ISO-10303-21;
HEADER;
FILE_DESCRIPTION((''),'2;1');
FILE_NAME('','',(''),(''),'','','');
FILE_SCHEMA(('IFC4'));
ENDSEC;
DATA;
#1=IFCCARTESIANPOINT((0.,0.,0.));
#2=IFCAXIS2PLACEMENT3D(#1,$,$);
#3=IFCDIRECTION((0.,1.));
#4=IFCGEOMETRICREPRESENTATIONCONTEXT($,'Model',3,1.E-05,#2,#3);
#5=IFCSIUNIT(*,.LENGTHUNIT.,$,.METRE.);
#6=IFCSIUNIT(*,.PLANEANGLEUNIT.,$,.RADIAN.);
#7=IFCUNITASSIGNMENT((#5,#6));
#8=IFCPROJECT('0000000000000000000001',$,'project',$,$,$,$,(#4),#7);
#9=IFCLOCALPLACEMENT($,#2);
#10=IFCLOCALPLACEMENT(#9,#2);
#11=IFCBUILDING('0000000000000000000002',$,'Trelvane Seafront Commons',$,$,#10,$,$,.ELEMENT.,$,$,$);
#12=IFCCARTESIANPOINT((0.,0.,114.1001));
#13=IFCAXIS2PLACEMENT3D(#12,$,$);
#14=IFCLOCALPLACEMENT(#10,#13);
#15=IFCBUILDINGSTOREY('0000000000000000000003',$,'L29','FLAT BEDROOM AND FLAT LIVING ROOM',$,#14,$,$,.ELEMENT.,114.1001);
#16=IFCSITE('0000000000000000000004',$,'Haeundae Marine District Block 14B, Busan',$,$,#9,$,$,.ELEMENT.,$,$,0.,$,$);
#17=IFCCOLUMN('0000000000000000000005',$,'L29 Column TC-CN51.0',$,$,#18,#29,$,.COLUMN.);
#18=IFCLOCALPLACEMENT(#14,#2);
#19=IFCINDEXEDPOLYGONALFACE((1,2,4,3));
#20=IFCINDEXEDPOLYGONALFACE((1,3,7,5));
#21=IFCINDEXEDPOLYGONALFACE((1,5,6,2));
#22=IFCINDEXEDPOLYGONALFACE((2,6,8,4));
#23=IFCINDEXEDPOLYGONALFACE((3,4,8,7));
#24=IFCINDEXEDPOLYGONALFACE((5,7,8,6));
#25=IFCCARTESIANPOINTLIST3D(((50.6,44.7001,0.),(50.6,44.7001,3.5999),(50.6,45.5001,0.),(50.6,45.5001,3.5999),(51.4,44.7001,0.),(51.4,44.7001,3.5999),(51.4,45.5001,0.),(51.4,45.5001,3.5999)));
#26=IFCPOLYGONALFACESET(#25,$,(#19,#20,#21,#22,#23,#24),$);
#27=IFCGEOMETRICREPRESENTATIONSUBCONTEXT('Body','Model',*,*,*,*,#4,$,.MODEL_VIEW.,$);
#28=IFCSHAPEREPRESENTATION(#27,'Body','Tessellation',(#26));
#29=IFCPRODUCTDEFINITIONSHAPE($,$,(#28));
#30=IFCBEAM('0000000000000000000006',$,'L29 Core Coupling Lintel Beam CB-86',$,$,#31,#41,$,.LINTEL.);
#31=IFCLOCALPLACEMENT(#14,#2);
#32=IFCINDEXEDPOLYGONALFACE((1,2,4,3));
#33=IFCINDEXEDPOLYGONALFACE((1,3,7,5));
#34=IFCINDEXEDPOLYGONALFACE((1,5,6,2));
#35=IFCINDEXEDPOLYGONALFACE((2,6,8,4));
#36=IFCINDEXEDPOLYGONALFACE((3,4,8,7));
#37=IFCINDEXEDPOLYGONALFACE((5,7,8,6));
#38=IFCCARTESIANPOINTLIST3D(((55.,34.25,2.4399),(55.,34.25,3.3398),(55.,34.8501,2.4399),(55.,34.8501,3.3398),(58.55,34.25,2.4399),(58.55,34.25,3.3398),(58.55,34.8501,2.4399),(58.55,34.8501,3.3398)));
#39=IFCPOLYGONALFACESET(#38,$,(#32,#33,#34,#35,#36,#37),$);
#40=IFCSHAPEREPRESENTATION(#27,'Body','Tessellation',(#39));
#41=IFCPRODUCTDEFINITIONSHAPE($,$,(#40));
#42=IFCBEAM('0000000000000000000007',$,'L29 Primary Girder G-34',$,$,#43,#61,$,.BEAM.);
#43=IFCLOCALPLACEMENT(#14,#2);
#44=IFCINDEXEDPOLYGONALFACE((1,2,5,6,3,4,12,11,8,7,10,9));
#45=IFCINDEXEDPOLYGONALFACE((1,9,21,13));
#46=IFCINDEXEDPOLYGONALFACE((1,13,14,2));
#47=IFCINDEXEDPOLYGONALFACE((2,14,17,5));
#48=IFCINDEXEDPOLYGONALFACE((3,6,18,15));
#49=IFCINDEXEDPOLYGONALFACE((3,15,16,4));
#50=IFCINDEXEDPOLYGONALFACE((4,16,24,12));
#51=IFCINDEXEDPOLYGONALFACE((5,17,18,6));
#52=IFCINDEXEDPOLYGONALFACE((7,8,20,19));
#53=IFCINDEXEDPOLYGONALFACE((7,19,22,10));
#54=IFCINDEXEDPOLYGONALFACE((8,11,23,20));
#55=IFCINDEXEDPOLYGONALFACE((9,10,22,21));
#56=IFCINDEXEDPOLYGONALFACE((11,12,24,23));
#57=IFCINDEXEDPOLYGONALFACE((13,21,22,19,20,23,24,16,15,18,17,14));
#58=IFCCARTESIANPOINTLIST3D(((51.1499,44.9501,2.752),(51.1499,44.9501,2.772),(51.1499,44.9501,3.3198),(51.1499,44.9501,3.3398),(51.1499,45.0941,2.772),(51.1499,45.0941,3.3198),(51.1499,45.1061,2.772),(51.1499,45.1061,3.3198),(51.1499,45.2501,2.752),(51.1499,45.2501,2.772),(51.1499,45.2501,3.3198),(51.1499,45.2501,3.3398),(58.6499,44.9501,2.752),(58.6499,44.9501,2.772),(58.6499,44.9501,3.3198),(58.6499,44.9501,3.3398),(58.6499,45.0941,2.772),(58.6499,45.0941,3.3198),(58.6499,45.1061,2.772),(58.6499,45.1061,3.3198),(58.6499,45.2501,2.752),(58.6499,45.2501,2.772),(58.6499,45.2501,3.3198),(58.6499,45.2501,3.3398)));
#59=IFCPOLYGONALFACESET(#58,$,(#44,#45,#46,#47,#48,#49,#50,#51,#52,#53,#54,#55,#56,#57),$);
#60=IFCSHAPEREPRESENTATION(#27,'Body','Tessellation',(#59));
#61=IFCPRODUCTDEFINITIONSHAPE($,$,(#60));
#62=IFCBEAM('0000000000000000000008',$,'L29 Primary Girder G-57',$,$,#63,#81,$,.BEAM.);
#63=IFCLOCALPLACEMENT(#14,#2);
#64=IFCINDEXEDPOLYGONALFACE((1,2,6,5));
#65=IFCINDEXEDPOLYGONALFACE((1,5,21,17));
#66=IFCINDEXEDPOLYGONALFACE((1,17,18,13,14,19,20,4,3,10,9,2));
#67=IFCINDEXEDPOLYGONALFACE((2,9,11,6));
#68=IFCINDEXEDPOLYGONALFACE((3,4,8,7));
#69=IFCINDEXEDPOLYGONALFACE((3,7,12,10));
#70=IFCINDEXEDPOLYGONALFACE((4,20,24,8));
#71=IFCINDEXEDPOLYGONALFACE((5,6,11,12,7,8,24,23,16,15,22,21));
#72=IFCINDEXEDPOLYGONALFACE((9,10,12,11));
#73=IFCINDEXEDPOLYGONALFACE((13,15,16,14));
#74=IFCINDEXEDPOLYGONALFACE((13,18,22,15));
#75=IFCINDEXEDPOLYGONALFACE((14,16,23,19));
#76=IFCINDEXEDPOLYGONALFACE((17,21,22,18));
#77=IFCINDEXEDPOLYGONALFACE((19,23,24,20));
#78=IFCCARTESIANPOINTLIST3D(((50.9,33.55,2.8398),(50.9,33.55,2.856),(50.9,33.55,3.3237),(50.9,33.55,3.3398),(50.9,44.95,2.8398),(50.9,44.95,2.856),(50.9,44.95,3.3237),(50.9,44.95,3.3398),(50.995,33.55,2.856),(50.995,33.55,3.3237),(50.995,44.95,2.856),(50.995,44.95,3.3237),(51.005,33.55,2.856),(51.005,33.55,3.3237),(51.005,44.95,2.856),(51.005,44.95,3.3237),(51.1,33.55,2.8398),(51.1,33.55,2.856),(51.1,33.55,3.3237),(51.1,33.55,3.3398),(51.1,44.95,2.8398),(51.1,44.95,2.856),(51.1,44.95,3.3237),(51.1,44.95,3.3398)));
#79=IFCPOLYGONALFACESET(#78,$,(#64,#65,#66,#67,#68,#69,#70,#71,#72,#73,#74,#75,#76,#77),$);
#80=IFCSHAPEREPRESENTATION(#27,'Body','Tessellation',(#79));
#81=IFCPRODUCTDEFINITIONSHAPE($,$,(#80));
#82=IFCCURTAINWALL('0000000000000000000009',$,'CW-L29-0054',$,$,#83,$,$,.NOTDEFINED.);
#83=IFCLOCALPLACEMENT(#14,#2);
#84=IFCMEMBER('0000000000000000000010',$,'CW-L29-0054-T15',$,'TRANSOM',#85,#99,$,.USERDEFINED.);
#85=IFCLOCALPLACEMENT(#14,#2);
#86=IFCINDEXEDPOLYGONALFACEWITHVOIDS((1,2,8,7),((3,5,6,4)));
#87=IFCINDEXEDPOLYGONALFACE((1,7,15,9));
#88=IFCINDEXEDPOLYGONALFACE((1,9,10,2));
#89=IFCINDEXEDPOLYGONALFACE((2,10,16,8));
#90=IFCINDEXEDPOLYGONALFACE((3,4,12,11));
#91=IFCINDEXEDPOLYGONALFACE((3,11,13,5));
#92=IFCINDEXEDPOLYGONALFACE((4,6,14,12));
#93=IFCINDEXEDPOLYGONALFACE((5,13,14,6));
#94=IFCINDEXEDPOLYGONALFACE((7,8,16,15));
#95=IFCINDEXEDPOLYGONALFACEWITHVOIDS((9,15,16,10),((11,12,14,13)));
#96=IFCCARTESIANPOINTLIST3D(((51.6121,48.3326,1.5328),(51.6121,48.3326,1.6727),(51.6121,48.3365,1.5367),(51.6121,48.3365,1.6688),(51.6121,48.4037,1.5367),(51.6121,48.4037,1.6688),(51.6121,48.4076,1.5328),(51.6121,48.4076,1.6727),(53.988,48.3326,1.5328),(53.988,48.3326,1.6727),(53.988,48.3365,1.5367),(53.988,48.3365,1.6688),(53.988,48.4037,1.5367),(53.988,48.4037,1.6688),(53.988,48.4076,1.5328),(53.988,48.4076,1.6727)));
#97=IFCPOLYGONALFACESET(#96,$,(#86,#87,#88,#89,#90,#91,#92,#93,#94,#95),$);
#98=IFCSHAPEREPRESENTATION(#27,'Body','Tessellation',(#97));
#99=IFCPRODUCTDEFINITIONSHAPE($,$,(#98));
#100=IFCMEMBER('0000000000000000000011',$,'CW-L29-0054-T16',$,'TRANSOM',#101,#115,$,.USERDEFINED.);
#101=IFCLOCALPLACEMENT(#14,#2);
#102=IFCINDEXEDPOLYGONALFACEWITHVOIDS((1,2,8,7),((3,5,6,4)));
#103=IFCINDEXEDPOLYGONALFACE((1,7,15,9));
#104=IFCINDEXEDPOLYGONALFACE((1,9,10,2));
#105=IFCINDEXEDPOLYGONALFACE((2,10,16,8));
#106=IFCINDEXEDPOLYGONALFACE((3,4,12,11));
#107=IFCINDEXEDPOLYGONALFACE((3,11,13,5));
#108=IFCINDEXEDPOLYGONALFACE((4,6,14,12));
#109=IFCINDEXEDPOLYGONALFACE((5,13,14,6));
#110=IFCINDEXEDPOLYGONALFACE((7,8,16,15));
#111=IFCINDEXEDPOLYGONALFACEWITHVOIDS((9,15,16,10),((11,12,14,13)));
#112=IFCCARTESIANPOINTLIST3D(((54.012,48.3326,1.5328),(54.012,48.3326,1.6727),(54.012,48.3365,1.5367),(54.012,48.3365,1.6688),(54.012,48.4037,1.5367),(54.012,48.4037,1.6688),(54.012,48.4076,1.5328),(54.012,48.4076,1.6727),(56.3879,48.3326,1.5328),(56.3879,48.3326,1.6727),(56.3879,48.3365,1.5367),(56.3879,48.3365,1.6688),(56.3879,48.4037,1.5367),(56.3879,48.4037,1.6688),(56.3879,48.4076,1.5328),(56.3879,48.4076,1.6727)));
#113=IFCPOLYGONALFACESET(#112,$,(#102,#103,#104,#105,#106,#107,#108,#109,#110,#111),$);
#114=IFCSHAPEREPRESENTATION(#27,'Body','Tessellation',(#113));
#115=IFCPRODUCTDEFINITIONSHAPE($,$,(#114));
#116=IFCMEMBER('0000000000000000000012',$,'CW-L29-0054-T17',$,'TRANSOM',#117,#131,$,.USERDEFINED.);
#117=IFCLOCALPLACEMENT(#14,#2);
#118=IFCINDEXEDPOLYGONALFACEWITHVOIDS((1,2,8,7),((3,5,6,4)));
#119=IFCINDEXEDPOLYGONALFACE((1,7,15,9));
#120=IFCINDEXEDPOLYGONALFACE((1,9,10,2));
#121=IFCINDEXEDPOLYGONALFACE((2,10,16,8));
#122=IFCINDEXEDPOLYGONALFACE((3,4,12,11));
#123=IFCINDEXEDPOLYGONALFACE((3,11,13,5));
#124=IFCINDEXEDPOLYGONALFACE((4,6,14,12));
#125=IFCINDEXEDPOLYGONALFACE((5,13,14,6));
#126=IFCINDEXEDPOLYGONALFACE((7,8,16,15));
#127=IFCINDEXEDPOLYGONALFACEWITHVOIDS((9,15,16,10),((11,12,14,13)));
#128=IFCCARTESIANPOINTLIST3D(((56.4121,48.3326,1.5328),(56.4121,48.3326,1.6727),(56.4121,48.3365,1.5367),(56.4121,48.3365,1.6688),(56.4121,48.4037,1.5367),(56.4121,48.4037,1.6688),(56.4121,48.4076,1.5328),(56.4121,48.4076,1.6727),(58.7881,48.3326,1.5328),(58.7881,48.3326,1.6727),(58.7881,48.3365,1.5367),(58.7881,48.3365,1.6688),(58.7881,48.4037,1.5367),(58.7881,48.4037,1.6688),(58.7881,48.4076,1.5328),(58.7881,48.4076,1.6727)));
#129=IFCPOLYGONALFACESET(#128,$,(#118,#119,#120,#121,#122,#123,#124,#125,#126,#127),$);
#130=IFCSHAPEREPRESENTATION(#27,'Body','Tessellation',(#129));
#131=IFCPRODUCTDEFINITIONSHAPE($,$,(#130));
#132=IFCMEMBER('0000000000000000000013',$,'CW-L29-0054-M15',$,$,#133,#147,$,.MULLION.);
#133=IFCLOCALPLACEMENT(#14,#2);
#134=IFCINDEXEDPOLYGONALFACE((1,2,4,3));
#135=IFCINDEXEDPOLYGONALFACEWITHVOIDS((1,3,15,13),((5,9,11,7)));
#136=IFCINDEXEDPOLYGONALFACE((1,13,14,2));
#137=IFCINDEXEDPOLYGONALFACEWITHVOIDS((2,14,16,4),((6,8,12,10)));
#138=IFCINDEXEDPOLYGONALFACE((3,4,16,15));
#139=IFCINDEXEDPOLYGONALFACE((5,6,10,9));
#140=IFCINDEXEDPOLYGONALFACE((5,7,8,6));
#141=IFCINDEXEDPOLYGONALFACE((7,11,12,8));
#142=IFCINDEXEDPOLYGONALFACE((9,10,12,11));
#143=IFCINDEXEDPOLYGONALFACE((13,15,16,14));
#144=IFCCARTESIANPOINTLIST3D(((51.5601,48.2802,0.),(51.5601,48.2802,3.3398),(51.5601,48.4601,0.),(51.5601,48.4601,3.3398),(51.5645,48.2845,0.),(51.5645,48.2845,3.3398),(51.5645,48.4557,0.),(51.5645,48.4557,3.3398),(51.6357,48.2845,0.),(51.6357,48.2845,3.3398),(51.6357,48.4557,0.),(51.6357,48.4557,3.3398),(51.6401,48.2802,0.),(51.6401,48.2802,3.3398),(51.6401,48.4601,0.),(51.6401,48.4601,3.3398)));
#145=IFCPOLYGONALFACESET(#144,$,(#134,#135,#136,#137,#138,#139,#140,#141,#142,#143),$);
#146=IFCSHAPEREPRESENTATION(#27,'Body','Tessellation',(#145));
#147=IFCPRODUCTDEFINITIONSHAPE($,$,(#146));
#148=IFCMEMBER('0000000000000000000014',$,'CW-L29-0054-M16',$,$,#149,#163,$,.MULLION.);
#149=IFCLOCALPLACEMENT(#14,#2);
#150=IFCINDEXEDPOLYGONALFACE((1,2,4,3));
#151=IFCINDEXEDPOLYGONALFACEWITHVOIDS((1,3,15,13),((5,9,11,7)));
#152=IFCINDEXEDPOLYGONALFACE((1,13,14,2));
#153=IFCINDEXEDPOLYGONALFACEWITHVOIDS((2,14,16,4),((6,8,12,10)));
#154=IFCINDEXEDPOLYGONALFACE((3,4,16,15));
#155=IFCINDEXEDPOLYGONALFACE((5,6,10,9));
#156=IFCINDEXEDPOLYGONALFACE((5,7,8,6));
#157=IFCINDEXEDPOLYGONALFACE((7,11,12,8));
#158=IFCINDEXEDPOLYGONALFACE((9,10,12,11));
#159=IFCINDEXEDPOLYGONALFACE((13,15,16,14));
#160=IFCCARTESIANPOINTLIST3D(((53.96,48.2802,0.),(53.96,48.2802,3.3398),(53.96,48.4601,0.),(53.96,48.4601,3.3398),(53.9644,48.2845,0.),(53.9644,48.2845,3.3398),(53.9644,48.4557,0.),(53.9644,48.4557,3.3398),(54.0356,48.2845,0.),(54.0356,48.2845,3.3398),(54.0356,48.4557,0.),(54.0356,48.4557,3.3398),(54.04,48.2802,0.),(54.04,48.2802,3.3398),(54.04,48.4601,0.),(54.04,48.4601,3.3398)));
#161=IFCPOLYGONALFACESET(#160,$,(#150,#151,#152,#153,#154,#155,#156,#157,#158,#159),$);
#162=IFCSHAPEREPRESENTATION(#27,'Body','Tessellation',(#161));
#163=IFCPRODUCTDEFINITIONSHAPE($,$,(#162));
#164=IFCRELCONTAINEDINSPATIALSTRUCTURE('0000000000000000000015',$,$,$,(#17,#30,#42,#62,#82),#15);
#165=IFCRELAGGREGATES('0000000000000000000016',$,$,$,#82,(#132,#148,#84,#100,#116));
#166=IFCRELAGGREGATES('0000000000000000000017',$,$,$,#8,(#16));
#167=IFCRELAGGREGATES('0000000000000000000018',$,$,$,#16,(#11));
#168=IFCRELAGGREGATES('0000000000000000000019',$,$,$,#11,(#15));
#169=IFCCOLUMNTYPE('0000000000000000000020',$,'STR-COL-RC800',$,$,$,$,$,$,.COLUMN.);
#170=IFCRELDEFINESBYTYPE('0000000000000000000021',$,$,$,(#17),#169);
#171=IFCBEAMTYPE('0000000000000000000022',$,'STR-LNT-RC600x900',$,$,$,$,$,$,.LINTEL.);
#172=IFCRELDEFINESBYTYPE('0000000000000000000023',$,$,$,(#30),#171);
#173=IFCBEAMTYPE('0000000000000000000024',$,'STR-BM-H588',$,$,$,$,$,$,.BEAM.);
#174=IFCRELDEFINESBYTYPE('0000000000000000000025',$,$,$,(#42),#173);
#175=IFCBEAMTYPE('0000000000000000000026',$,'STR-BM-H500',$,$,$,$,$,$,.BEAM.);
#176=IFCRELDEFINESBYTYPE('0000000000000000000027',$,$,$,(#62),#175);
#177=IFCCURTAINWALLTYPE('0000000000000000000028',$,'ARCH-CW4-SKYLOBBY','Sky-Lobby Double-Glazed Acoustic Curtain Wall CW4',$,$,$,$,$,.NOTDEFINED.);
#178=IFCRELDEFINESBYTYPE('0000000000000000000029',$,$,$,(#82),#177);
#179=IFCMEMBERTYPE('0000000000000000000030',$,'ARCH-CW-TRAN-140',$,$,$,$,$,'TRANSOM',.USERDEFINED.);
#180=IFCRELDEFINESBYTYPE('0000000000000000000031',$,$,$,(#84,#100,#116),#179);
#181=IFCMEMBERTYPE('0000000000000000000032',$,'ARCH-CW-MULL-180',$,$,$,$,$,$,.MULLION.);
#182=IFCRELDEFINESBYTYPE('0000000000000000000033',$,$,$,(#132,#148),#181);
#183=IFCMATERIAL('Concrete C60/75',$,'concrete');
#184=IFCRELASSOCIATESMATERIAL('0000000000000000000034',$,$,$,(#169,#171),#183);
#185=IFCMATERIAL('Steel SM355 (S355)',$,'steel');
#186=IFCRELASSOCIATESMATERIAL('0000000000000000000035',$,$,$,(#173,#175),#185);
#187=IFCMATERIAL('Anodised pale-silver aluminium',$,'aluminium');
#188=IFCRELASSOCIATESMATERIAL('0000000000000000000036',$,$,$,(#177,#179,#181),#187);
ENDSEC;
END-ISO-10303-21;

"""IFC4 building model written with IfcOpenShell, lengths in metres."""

from ifc_helpers import new_model, si_unit, direction, frame, origin, origin_2d, place, context, subcontext, project, spatial, rectangle, hollow_rectangle, i_section, extrude, source, transform, mapped, material, material_profile, profile_set, type_object, element, aggregate, save


model = new_model("IFC4")

# Units and contexts
model_context = context("Model", 3, precision=1e-05, world=origin(), true_north=direction((0.0, 1.0)))
body_context = subcontext(model_context, "Body", "Model", "MODEL_VIEW")
ifc_project = project(units=[si_unit("LENGTHUNIT", "METRE"), si_unit("PLANEANGLEUNIT", "RADIAN")], contexts=[model_context])

# Site, building, storey
site_placement = place(None, origin())
site = spatial("IfcSite", under=ifc_project, at=site_placement, Name="Haeundae Marine District Block 14B, Busan", CompositionType="ELEMENT", RefElevation=0.0)
building_placement = place(site_placement, origin())
building = spatial("IfcBuilding", under=site, at=building_placement, Name="Trelvane Seafront Commons", CompositionType="ELEMENT")
storey_placement = place(building_placement, frame((0.0, 0.0, 114.1001)))
storey = spatial("IfcBuildingStorey", under=building, at=storey_placement, Name="L29", Description="FLAT BEDROOM AND FLAT LIVING ROOM", CompositionType="ELEMENT", Elevation=114.1001)

# Column
ifc_material_1 = material(Name="Concrete C60/75", Category="concrete")
ifc_material_profile_1 = material_profile(ifc_material_1, rectangle(XDim=0.8, YDim=0.8, at=origin_2d()), Name="RC-800x800")
ifc_profile_set_1 = profile_set([ifc_material_profile_1], Name="Concrete C60/75")
column_type = type_object("IfcColumnType", Name="STR-COL-RC800", PredefinedType="COLUMN", material=ifc_profile_set_1)
shared_shape_1 = source(origin(), body_context, "Body", "SweptSolid", [
    extrude(rectangle(XDim=0.8, YDim=0.8, at=origin_2d()), origin(), (0.0, 0.0, 1.0), 3.5999),
])
column_placement = place(storey_placement, frame((51.0, 45.1001, 0.0), z_axis=(0.0, 0.0, 1.0), x_axis=(1.0, 0.0, 0.0)))
element("IfcColumn", 1, at=column_placement, inside=storey, type_object=column_type, Name="L29 Column TC-CN51.0", PredefinedType="COLUMN", context=body_context, shape_type="MappedRepresentation", body=[
    mapped(shared_shape_1, transform((0.0, 0.0, 0.0), x_axis=(1.0, 0.0, 0.0), y_axis=(0.0, 1.0, 0.0), z_axis=(0.0, 0.0, 1.0), scale=1.0)),
])

# Beams
ifc_material_profile_2 = material_profile(ifc_material_1, rectangle(XDim=0.6001, YDim=0.8999, at=origin_2d()), Name="RC-600x900")
ifc_profile_set_2 = profile_set([ifc_material_profile_2], Name="Concrete C60/75")
beam_type_1 = type_object("IfcBeamType", Name="STR-LNT-RC600x900", PredefinedType="LINTEL", material=ifc_profile_set_2)
shared_shape_2 = source(origin(), body_context, "Body", "SweptSolid", [
    extrude(rectangle(XDim=0.6001, YDim=0.8999, at=origin_2d()), origin(), (0.0, 0.0, 1.0), 3.55),
])
beam_1_placement = place(storey_placement, frame((55.0, 34.55, 2.8899), z_axis=(1.0, 0.0, 0.0), x_axis=(0.0, 1.0, 0.0)))
element("IfcBeam", 2, at=beam_1_placement, inside=storey, type_object=beam_type_1, Name="L29 Core Coupling Lintel Beam CB-86", PredefinedType="LINTEL", context=body_context, shape_type="MappedRepresentation", body=[
    mapped(shared_shape_2, transform((0.0, 0.0, 0.0), x_axis=(1.0, 0.0, 0.0), y_axis=(0.0, 1.0, 0.0), z_axis=(0.0, 0.0, 1.0), scale=1.0)),
])
ifc_material_2 = material(Name="Steel SM355 (S355)", Category="steel")
ifc_material_profile_3 = material_profile(ifc_material_2, i_section(OverallWidth=0.3, OverallDepth=0.5879, WebThickness=0.012, FlangeThickness=0.02, at=origin_2d()), Name="H-588x300x12x20")
ifc_profile_set_3 = profile_set([ifc_material_profile_3], Name="Steel SM355 (S355)")
beam_type_2 = type_object("IfcBeamType", Name="STR-BM-H588", PredefinedType="BEAM", material=ifc_profile_set_3)
shared_shape_3 = source(origin(), body_context, "Body", "SweptSolid", [
    extrude(i_section(OverallWidth=0.3, OverallDepth=0.5879, WebThickness=0.012, FlangeThickness=0.02, at=origin_2d()), origin(), (0.0, 0.0, 1.0), 7.5),
])
beam_2_placement = place(storey_placement, frame((51.1499, 45.1001, 3.0459), z_axis=(1.0, 0.0, 0.0), x_axis=(0.0, 1.0, 0.0)))
element("IfcBeam", 3, at=beam_2_placement, inside=storey, type_object=beam_type_2, Name="L29 Primary Girder G-34", PredefinedType="BEAM", context=body_context, shape_type="MappedRepresentation", body=[
    mapped(shared_shape_3, transform((0.0, 0.0, 0.0), x_axis=(1.0, 0.0, 0.0), y_axis=(0.0, 1.0, 0.0), z_axis=(0.0, 0.0, 1.0), scale=1.0)),
])
ifc_material_profile_4 = material_profile(ifc_material_2, i_section(OverallWidth=0.2, OverallDepth=0.5, WebThickness=0.01, FlangeThickness=0.0161, at=origin_2d()), Name="H-500x200x10x16")
ifc_profile_set_4 = profile_set([ifc_material_profile_4], Name="Steel SM355 (S355)")
beam_type_3 = type_object("IfcBeamType", Name="STR-BM-H500", PredefinedType="BEAM", material=ifc_profile_set_4)
shared_shape_4 = source(origin(), body_context, "Body", "SweptSolid", [
    extrude(i_section(OverallWidth=0.2, OverallDepth=0.5, WebThickness=0.01, FlangeThickness=0.0161, at=origin_2d()), origin(), (0.0, 0.0, 1.0), 11.3999),
])
beam_3_placement = place(storey_placement, frame((51.0, 33.55, 3.0898), z_axis=(0.0, 1.0, 0.0), x_axis=(-1.0, 0.0, 0.0)))
element("IfcBeam", 4, at=beam_3_placement, inside=storey, type_object=beam_type_3, Name="L29 Primary Girder G-57", PredefinedType="BEAM", context=body_context, shape_type="MappedRepresentation", body=[
    mapped(shared_shape_4, transform((0.0, 0.0, 0.0), x_axis=(1.0, 0.0, 0.0), y_axis=(0.0, 1.0, 0.0), z_axis=(0.0, 0.0, 1.0), scale=1.0)),
])

# Curtain wall, members
ifc_material_3 = material(Name="Anodised pale-silver aluminium", Category="aluminium")
curtain_wall_type = type_object("IfcCurtainWallType", Name="ARCH-CW4-SKYLOBBY", Description="Sky-Lobby Double-Glazed Acoustic Curtain Wall CW4", PredefinedType="NOTDEFINED", material=ifc_material_3)
curtain_wall_placement = place(storey_placement, origin())
curtain_wall = element("IfcCurtainWall", 5, at=curtain_wall_placement, inside=storey, type_object=curtain_wall_type, Name="CW-L29-0054", PredefinedType="NOTDEFINED")
ifc_material_profile_5 = material_profile(ifc_material_3, hollow_rectangle(XDim=0.075, YDim=0.1399, WallThickness=0.0039, at=origin_2d()), Name="TRAN-75x140x4")
ifc_profile_set_5 = profile_set([ifc_material_profile_5], Name="Anodised pale-silver aluminium")
member_type_1 = type_object("IfcMemberType", Name="ARCH-CW-TRAN-140", ElementType="TRANSOM", PredefinedType="USERDEFINED", material=ifc_profile_set_5)
shared_shape_5 = source(origin(), body_context, "Body", "SweptSolid", [
    extrude(hollow_rectangle(XDim=0.075, YDim=0.1399, WallThickness=0.0039, at=origin_2d()), origin(), (0.0, 0.0, 1.0), 2.376),
])
member_1_placement = place(storey_placement, frame((51.6121, 48.3701, 1.6028), z_axis=(1.0, 0.0, 0.0), x_axis=(0.0, 1.0, 0.0)))
member_1 = element("IfcMember", 6, at=member_1_placement, type_object=member_type_1, Name="CW-L29-0054-T15", ObjectType="TRANSOM", PredefinedType="USERDEFINED", context=body_context, shape_type="MappedRepresentation", body=[
    mapped(shared_shape_5, transform((0.0, 0.0, 0.0), x_axis=(1.0, 0.0, 0.0), y_axis=(0.0, 1.0, 0.0), z_axis=(0.0, 0.0, 1.0), scale=1.0)),
])
member_2_placement = place(storey_placement, frame((54.012, 48.3701, 1.6028), z_axis=(1.0, 0.0, 0.0), x_axis=(0.0, 1.0, 0.0)))
member_2 = element("IfcMember", 7, at=member_2_placement, type_object=member_type_1, Name="CW-L29-0054-T16", ObjectType="TRANSOM", PredefinedType="USERDEFINED", context=body_context, shape_type="MappedRepresentation", body=[
    mapped(shared_shape_5, transform((0.0, 0.0, 0.0), x_axis=(1.0, 0.0, 0.0), y_axis=(0.0, 1.0, 0.0), z_axis=(0.0, 0.0, 1.0), scale=1.0)),
])
member_3_placement = place(storey_placement, frame((56.4121, 48.3701, 1.6028), z_axis=(1.0, 0.0, 0.0), x_axis=(0.0, 1.0, 0.0)))
member_3 = element("IfcMember", 8, at=member_3_placement, type_object=member_type_1, Name="CW-L29-0054-T17", ObjectType="TRANSOM", PredefinedType="USERDEFINED", context=body_context, shape_type="MappedRepresentation", body=[
    mapped(shared_shape_5, transform((0.0, 0.0, 0.0), x_axis=(1.0, 0.0, 0.0), y_axis=(0.0, 1.0, 0.0), z_axis=(0.0, 0.0, 1.0), scale=1.0)),
])
ifc_material_profile_6 = material_profile(ifc_material_3, hollow_rectangle(XDim=0.0801, YDim=0.1799, WallThickness=0.0044, at=origin_2d()), Name="MULL-80x180x4.5")
ifc_profile_set_6 = profile_set([ifc_material_profile_6], Name="Anodised pale-silver aluminium")
member_type_2 = type_object("IfcMemberType", Name="ARCH-CW-MULL-180", PredefinedType="MULLION", material=ifc_profile_set_6)
shared_shape_6 = source(origin(), body_context, "Body", "SweptSolid", [
    extrude(hollow_rectangle(XDim=0.0801, YDim=0.1799, WallThickness=0.0044, at=origin_2d()), origin(), (0.0, 0.0, 1.0), 3.3398),
])
member_4_placement = place(storey_placement, frame((51.6001, 48.3701, 0.0), z_axis=(0.0, 0.0, 1.0), x_axis=(1.0, 0.0, 0.0)))
member_4 = element("IfcMember", 9, at=member_4_placement, type_object=member_type_2, Name="CW-L29-0054-M15", PredefinedType="MULLION", context=body_context, shape_type="MappedRepresentation", body=[
    mapped(shared_shape_6, transform((0.0, 0.0, 0.0), x_axis=(1.0, 0.0, 0.0), y_axis=(0.0, 1.0, 0.0), z_axis=(0.0, 0.0, 1.0), scale=1.0)),
])
member_5_placement = place(storey_placement, frame((54.0, 48.3701, 0.0), z_axis=(0.0, 0.0, 1.0), x_axis=(1.0, 0.0, 0.0)))
member_5 = element("IfcMember", 10, at=member_5_placement, type_object=member_type_2, Name="CW-L29-0054-M16", PredefinedType="MULLION", context=body_context, shape_type="MappedRepresentation", body=[
    mapped(shared_shape_6, transform((0.0, 0.0, 0.0), x_axis=(1.0, 0.0, 0.0), y_axis=(0.0, 1.0, 0.0), z_axis=(0.0, 0.0, 1.0), scale=1.0)),
])

aggregate(curtain_wall, [member_4, member_5, member_1, member_2, member_3])

save(model, "model.ifc")
